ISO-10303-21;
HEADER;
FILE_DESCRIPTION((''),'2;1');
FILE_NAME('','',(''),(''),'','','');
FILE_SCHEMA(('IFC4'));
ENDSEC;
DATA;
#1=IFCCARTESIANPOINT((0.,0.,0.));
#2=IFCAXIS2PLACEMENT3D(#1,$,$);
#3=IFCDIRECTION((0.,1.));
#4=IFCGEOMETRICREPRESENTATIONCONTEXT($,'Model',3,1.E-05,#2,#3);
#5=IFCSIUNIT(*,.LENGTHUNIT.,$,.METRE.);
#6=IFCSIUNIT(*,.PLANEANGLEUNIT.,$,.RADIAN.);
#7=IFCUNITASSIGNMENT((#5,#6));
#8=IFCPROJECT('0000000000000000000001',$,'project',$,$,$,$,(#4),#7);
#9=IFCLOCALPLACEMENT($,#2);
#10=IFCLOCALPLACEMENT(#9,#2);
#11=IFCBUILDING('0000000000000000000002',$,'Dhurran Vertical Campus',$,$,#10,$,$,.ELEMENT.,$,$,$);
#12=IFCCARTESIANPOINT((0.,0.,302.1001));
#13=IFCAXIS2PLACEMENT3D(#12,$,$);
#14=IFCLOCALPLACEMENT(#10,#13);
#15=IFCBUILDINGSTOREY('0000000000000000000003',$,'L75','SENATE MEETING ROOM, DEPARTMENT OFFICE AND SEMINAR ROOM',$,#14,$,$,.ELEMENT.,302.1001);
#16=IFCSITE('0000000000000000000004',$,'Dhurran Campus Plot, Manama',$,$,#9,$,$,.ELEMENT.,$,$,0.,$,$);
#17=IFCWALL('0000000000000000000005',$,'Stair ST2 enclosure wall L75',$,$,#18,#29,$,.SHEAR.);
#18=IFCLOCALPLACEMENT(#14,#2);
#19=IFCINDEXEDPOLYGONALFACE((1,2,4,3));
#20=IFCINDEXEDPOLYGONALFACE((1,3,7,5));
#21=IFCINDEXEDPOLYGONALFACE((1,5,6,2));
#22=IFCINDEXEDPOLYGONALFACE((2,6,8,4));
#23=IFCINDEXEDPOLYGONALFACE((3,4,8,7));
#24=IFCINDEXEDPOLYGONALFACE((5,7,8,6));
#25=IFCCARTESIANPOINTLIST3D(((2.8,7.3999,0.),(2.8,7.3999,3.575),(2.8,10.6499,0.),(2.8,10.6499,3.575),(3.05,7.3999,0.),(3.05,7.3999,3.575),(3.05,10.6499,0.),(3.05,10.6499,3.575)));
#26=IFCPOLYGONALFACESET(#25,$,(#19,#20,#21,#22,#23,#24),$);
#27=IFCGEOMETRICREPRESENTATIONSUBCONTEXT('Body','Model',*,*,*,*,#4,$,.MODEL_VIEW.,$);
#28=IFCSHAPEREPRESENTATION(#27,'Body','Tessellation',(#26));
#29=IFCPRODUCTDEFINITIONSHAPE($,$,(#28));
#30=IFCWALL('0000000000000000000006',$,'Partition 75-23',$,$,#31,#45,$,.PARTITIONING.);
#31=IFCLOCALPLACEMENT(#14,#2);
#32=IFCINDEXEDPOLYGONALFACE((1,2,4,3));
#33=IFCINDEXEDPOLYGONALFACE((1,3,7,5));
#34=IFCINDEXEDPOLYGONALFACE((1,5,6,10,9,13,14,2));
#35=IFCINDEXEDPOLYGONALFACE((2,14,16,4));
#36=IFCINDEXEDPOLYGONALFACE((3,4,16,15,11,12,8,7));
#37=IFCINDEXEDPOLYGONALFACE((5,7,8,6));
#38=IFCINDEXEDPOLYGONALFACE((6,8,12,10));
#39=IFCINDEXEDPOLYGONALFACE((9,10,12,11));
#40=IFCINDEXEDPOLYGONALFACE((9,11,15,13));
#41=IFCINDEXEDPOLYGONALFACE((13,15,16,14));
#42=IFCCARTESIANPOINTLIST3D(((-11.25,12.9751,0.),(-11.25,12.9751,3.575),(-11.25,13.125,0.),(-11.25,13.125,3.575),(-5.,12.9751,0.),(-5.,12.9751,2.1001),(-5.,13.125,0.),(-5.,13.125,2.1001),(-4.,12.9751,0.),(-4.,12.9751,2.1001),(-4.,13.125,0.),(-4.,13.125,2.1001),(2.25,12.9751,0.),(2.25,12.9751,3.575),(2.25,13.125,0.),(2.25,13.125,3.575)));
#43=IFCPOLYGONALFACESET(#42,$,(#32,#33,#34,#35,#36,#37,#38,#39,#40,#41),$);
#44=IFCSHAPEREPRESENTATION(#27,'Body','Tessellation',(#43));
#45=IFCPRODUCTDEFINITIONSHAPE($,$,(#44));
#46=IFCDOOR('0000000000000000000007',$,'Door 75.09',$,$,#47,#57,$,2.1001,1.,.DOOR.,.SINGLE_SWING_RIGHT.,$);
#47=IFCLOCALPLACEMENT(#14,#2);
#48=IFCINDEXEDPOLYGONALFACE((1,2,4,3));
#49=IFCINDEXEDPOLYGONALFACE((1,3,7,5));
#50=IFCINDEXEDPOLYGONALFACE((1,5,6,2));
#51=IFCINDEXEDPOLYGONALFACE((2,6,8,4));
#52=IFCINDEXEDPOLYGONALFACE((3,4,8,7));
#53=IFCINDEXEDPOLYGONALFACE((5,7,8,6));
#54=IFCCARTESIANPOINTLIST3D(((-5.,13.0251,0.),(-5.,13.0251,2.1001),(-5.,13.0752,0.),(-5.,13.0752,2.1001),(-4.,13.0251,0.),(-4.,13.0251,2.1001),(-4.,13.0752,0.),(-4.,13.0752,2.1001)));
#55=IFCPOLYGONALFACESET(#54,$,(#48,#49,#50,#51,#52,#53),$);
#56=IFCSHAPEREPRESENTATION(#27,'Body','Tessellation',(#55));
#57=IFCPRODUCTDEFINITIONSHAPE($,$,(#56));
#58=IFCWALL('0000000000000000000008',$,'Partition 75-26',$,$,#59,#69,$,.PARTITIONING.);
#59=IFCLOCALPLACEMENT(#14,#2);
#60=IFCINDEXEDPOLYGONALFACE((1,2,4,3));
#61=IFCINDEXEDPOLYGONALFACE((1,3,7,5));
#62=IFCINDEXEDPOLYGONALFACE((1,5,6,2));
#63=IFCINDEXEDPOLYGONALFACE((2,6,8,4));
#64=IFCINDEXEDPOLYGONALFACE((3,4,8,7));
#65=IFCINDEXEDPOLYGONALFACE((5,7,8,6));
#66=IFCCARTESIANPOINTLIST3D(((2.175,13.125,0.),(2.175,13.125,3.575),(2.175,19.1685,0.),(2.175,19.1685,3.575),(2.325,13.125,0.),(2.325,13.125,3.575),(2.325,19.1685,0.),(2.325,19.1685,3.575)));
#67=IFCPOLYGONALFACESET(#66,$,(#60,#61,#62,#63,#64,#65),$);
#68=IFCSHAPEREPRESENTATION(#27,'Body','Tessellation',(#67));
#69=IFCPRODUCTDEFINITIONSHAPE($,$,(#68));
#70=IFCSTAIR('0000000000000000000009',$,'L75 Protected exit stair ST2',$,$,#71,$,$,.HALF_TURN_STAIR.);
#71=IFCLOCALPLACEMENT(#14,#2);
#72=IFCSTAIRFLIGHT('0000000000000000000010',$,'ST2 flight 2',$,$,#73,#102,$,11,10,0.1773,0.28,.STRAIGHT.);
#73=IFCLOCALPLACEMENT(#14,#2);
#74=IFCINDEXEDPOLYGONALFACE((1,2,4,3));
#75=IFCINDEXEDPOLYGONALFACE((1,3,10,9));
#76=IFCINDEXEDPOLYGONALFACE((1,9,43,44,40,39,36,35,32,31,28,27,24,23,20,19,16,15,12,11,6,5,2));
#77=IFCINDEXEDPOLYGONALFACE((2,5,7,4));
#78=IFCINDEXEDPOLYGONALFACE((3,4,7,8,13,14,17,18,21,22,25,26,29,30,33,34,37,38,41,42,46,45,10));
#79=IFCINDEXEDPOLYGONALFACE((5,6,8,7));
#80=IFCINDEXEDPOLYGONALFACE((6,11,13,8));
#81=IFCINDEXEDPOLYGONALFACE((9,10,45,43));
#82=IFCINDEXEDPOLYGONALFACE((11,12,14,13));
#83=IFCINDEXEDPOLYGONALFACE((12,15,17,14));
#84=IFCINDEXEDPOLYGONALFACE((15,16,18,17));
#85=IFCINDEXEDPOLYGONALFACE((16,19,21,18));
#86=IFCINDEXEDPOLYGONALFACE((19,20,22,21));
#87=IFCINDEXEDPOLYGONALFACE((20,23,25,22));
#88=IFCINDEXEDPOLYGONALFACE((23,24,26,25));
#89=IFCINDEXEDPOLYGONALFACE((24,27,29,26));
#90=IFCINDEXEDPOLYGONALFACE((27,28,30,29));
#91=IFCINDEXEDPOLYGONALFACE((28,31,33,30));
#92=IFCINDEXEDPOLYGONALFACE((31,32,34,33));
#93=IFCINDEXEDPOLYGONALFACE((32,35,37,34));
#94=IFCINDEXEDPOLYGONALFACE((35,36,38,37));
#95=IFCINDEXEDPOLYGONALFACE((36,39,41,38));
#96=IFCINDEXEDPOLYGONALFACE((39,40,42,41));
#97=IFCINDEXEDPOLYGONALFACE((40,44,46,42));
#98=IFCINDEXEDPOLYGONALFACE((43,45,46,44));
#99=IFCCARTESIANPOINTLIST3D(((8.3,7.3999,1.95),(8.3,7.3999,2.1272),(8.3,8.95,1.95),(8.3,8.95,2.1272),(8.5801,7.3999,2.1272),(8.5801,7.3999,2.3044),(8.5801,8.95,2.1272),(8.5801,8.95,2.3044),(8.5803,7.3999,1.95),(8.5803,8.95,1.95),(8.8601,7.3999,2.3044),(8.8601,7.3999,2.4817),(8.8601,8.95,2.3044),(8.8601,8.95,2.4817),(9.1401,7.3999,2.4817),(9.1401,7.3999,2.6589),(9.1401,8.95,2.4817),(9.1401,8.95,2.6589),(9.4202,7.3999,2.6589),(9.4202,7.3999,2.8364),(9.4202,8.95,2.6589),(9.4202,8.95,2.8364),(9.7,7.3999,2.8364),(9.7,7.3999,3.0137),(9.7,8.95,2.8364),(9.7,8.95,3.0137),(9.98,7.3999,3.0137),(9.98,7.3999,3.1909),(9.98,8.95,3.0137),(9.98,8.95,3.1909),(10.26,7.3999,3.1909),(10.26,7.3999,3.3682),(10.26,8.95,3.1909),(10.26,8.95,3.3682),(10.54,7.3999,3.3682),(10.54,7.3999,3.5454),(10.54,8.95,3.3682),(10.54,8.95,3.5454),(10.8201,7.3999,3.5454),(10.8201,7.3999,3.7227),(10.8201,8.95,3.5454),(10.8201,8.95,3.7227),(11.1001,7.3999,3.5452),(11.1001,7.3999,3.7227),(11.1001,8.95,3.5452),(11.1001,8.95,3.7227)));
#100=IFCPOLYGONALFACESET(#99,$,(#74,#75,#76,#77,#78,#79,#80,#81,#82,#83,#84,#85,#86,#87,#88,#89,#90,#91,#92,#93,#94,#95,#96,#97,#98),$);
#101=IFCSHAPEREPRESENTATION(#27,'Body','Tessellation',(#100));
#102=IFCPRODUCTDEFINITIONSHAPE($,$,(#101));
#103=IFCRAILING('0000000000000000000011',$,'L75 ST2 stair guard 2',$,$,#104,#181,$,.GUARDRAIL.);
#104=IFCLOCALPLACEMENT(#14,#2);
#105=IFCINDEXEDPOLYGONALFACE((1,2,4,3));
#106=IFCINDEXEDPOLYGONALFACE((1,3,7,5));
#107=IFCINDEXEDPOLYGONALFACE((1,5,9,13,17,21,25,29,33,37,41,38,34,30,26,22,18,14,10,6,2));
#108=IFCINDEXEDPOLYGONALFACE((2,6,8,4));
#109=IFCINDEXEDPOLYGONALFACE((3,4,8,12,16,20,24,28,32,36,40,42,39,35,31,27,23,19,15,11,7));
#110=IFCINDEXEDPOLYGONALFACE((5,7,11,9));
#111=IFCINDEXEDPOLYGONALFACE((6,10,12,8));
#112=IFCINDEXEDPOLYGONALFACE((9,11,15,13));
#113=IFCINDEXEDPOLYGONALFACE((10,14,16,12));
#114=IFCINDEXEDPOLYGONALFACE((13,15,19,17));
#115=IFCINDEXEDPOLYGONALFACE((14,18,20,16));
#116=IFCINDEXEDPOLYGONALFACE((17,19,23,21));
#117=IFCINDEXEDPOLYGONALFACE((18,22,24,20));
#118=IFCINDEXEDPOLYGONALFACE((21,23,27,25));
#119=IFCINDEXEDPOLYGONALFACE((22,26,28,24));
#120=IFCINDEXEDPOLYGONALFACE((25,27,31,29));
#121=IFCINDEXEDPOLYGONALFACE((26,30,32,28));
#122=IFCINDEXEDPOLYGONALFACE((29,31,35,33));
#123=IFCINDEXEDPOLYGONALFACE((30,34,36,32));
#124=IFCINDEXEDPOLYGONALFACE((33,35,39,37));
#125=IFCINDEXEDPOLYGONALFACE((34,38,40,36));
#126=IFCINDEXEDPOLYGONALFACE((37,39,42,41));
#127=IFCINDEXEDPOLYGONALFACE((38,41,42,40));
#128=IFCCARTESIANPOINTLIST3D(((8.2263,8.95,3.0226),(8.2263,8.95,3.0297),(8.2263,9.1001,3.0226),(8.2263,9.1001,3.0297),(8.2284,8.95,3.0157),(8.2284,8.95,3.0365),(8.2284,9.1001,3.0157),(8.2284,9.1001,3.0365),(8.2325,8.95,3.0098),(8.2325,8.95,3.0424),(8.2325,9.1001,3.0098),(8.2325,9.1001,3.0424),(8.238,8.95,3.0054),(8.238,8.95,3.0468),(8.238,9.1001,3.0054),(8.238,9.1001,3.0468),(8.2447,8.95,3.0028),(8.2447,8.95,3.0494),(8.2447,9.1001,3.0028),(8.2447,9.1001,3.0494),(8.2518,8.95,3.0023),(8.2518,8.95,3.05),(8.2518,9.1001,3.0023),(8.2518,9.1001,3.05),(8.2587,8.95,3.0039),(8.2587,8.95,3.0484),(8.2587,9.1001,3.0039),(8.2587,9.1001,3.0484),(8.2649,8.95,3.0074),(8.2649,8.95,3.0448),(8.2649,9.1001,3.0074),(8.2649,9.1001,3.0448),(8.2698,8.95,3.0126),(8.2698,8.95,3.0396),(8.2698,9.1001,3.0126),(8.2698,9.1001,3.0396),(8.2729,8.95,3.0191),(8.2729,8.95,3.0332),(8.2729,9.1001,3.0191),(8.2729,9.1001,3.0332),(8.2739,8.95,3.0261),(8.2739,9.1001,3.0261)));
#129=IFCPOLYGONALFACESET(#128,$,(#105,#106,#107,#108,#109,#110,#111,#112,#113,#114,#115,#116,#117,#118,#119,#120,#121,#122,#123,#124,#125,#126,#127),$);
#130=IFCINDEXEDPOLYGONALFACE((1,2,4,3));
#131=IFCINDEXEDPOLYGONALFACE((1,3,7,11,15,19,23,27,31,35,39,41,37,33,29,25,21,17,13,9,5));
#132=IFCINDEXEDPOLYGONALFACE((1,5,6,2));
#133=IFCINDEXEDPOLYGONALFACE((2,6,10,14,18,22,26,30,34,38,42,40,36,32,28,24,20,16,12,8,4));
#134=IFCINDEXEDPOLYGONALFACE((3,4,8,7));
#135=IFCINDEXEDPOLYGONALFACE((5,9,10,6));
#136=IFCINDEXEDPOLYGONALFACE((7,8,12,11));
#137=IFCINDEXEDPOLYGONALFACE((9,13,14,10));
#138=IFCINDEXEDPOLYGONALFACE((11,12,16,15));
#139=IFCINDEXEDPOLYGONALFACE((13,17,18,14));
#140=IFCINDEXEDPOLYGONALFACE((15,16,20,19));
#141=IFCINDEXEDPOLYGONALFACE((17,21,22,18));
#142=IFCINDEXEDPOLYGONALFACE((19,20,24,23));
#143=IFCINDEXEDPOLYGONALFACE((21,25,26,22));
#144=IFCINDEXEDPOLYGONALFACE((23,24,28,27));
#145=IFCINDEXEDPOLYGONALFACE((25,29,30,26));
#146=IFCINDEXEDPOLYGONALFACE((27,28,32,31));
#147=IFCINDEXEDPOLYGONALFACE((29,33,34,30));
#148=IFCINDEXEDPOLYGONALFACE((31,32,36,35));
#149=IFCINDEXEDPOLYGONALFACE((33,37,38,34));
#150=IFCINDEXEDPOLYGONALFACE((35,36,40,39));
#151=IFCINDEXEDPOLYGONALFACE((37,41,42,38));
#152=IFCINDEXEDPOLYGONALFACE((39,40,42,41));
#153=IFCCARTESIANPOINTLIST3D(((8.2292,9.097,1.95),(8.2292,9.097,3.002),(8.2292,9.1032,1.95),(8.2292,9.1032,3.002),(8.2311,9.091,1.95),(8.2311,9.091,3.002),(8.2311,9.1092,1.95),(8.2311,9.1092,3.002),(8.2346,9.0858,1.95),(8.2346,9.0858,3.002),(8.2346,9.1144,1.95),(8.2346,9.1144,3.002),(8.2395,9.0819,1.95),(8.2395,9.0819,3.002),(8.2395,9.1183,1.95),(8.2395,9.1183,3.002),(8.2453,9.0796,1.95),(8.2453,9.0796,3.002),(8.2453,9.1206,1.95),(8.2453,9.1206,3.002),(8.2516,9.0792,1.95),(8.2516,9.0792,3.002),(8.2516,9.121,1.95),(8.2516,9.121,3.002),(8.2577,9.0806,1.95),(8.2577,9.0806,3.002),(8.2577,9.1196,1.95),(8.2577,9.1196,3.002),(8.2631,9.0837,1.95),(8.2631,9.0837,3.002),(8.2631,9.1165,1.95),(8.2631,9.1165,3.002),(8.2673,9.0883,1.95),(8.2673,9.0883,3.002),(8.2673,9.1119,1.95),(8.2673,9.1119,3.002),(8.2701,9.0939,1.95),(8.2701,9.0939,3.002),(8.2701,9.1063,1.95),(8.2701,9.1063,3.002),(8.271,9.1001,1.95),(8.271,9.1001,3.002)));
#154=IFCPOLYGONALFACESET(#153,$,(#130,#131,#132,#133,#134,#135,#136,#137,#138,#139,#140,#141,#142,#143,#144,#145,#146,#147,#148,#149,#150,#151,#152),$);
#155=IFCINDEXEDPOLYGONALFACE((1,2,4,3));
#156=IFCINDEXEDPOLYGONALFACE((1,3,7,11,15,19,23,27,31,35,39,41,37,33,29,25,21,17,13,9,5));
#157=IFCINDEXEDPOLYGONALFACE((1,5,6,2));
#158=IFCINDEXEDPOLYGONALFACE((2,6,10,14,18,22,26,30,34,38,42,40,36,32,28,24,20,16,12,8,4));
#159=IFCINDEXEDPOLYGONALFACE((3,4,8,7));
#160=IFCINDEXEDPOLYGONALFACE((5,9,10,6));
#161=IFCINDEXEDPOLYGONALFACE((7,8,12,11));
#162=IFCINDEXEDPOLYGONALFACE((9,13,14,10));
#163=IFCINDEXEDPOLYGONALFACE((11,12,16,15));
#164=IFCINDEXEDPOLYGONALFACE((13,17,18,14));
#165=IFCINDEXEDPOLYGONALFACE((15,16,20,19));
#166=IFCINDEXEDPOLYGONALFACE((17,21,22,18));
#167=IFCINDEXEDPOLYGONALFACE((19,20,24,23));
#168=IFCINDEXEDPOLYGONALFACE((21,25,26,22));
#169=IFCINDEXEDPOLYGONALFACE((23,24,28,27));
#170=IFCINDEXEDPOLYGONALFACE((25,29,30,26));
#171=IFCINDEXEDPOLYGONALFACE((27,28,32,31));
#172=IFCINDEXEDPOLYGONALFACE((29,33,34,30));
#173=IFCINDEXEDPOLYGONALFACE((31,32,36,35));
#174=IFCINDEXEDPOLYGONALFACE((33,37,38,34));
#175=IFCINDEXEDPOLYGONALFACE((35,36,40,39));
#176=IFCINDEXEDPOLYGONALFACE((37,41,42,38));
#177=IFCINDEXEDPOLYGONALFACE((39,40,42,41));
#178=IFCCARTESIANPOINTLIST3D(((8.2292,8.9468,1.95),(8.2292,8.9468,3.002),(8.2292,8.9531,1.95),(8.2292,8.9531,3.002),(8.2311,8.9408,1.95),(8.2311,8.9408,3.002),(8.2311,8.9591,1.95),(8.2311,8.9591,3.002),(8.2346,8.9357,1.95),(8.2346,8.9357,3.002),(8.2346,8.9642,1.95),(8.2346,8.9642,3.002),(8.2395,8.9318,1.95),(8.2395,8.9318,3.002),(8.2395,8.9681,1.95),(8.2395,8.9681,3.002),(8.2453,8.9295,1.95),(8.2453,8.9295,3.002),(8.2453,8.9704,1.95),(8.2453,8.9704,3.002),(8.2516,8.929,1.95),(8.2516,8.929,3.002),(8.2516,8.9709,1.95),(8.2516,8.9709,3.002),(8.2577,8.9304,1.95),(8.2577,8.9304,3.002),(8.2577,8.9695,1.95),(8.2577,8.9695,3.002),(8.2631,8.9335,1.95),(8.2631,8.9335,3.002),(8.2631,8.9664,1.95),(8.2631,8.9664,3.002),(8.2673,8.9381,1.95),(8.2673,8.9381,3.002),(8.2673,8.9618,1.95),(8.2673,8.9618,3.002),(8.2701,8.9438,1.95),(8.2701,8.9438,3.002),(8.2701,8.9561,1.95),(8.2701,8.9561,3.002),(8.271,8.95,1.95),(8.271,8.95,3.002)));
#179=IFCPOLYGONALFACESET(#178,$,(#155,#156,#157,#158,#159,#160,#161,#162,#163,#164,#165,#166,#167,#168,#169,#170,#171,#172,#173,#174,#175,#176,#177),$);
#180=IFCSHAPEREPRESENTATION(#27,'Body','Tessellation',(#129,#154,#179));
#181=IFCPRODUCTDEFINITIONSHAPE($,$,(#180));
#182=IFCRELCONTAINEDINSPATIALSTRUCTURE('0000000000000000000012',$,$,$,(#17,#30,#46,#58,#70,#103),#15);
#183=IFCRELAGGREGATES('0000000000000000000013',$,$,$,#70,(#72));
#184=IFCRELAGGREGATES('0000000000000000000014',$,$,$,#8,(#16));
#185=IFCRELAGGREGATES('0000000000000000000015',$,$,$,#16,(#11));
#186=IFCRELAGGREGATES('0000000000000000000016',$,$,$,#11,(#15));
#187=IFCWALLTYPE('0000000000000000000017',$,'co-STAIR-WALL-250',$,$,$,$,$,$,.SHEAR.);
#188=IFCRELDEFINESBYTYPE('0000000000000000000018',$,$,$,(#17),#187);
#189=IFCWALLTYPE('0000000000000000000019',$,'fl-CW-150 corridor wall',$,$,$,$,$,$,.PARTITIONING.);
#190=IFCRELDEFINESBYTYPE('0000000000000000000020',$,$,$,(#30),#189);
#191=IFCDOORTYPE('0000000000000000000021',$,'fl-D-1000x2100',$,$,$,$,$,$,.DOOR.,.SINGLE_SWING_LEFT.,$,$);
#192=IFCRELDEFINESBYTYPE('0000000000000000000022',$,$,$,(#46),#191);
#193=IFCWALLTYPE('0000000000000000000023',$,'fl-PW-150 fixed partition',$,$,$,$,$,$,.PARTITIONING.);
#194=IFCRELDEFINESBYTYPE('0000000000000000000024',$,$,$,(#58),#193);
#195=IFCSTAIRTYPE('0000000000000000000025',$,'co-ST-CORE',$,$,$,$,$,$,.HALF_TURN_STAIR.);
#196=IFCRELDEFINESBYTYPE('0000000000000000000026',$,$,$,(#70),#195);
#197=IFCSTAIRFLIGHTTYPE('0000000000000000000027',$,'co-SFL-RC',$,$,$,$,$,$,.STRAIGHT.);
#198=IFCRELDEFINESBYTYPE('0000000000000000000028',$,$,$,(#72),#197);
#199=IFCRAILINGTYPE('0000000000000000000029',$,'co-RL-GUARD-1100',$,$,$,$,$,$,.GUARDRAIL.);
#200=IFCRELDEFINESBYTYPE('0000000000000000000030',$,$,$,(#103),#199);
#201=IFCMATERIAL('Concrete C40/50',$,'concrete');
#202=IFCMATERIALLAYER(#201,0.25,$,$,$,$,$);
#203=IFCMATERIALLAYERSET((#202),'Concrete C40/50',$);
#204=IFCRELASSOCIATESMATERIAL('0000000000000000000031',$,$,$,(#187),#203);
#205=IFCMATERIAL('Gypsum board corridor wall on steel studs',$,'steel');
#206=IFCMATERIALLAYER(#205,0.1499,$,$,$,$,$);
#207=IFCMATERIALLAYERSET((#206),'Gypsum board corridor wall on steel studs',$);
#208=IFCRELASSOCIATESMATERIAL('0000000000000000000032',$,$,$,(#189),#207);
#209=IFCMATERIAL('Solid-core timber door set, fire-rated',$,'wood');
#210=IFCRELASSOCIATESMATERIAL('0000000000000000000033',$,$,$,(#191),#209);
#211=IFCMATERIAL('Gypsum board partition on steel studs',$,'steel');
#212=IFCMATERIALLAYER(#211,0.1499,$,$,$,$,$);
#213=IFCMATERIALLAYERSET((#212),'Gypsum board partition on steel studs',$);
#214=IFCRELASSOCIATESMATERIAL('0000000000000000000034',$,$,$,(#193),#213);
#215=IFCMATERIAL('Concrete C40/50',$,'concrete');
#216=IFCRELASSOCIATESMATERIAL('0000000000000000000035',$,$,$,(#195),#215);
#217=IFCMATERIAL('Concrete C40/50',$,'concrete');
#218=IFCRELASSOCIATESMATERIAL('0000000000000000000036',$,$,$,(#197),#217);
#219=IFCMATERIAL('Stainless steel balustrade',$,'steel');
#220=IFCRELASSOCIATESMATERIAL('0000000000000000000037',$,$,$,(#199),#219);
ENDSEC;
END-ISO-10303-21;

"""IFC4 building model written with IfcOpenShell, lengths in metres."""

from ifc_helpers import new_model, si_unit, direction, frame, frame_2d, origin, origin_2d, place, context, subcontext, project, spatial, polyline, rectangle, circle, outline, extrude, material, layer, layer_set, type_object, element, fill, aggregate, save


model = new_model("IFC4")

# Units and contexts
model_context = context("Model", 3, precision=1e-05, world=origin(), true_north=direction((0.0, 1.0)))
body_context = subcontext(model_context, "Body", "Model", "MODEL_VIEW")
ifc_project = project(units=[si_unit("LENGTHUNIT", "METRE"), si_unit("PLANEANGLEUNIT", "RADIAN")], contexts=[model_context])

# Site, building, storey
site_placement = place(None, origin())
site = spatial("IfcSite", under=ifc_project, at=site_placement, Name="Dhurran Campus Plot, Manama", CompositionType="ELEMENT", RefElevation=0.0)
building_placement = place(site_placement, origin())
building = spatial("IfcBuilding", under=site, at=building_placement, Name="Dhurran Vertical Campus", CompositionType="ELEMENT")
storey_placement = place(building_placement, frame((0.0, 0.0, 302.1001)))
storey = spatial("IfcBuildingStorey", under=building, at=storey_placement, Name="L75", Description="SENATE MEETING ROOM, DEPARTMENT OFFICE AND SEMINAR ROOM", CompositionType="ELEMENT", Elevation=302.1001)

# Shared definitions
ifc_material_1 = material(Name="Concrete C40/50", Category="concrete")
ifc_layer_1 = layer(ifc_material_1, 0.25)
ifc_layer_set_1 = layer_set([ifc_layer_1], Name="Concrete C40/50")
wall_type_1 = type_object("IfcWallType", Name="co-STAIR-WALL-250", PredefinedType="SHEAR", material=ifc_layer_set_1)

# Wall
wall_1_placement = place(storey_placement, frame((2.925, 7.3999, 0.0), z_axis=(0.0, 0.0, 1.0), x_axis=(0.0, 1.0, 0.0)))
element("IfcWall", 1, at=wall_1_placement, inside=storey, type_object=wall_type_1, Name="Stair ST2 enclosure wall L75", PredefinedType="SHEAR", context=body_context, shape_type="SweptSolid", body=[
    extrude(rectangle(XDim=3.25, YDim=0.25, at=frame_2d((1.625, 0.0))), origin(), (0.0, 0.0, 1.0), 3.575),
])

# Wall, opening, door
ifc_material_2 = material(Name="Gypsum board corridor wall on steel studs", Category="steel")
ifc_layer_2 = layer(ifc_material_2, 0.1499)
ifc_layer_set_2 = layer_set([ifc_layer_2], Name="Gypsum board corridor wall on steel studs")
wall_type_2 = type_object("IfcWallType", Name="fl-CW-150 corridor wall", PredefinedType="PARTITIONING", material=ifc_layer_set_2)
wall_2_placement = place(storey_placement, frame((2.25, 13.05, 0.0), z_axis=(0.0, 0.0, 1.0), x_axis=(-1.0, 0.0, 0.0)))
wall_2 = element("IfcWall", 2, at=wall_2_placement, inside=storey, type_object=wall_type_2, Name="Partition 75-23", PredefinedType="PARTITIONING", context=body_context, shape_type="SweptSolid", body=[
    extrude(rectangle(XDim=13.5, YDim=0.1499, at=frame_2d((6.75, 0.0))), origin(), (0.0, 0.0, 1.0), 3.575),
])
opening_1_placement = place(wall_2_placement, frame((6.25, 0.0, 0.0)))
opening_1 = element("IfcOpeningElement", 3, at=opening_1_placement, cuts=wall_2, PredefinedType="OPENING", context=body_context, shape_type="SweptSolid", body=[
    extrude(rectangle(XDim=1.0, YDim=2.1001, at=frame_2d((0.5, 1.05))), frame((0.0, 0.085, 0.0), z_axis=(0.0, -1.0, 0.0), x_axis=(1.0, 0.0, 0.0)), (0.0, 0.0, 1.0), 0.1699),
])
ifc_material_3 = material(Name="Solid-core timber door set, fire-rated", Category="wood")
door_type_1 = type_object("IfcDoorType", Name="fl-D-1000x2100", OperationType="SINGLE_SWING_LEFT", PredefinedType="DOOR", material=ifc_material_3)
door_1_placement = place(opening_1_placement, origin())
door_1 = element("IfcDoor", 4, at=door_1_placement, inside=storey, type_object=door_type_1, Name="Door 75.09", OperationType="SINGLE_SWING_RIGHT", OverallHeight=2.1001, OverallWidth=1.0, PredefinedType="DOOR", context=body_context, shape_type="SweptSolid", body=[
    extrude(rectangle(XDim=1.0, YDim=2.1001, at=frame_2d((0.5, 1.05))), frame((0.0, 0.0249, 0.0), z_axis=(0.0, -1.0, 0.0), x_axis=(1.0, 0.0, 0.0)), (0.0, 0.0, 1.0), 0.05),
])
fill(opening_1, door_1)

# Wall
ifc_material_4 = material(Name="Gypsum board partition on steel studs", Category="steel")
ifc_layer_3 = layer(ifc_material_4, 0.1499)
ifc_layer_set_3 = layer_set([ifc_layer_3], Name="Gypsum board partition on steel studs")
wall_type_3 = type_object("IfcWallType", Name="fl-PW-150 fixed partition", PredefinedType="PARTITIONING", material=ifc_layer_set_3)
wall_3_placement = place(storey_placement, frame((2.25, 19.1685, 0.0), z_axis=(0.0, 0.0, 1.0), x_axis=(0.0, -1.0, 0.0)))
element("IfcWall", 5, at=wall_3_placement, inside=storey, type_object=wall_type_3, Name="Partition 75-26", PredefinedType="PARTITIONING", context=body_context, shape_type="SweptSolid", body=[
    extrude(rectangle(XDim=6.0435, YDim=0.1499, at=frame_2d((3.0217, 0.0))), origin(), (0.0, 0.0, 1.0), 3.575),
])

# Stair, stair flight
ifc_material_5 = material(Name="Concrete C40/50", Category="concrete")
stair_type = type_object("IfcStairType", Name="co-ST-CORE", PredefinedType="HALF_TURN_STAIR", material=ifc_material_5)
stair_placement = place(storey_placement, origin())
stair = element("IfcStair", 6, at=stair_placement, inside=storey, type_object=stair_type, Name="L75 Protected exit stair ST2", PredefinedType="HALF_TURN_STAIR")
ifc_material_6 = material(Name="Concrete C40/50", Category="concrete")
stair_flight_type = type_object("IfcStairFlightType", Name="co-SFL-RC", PredefinedType="STRAIGHT", material=ifc_material_6)
stair_flight_placement = place(storey_placement, frame((8.3, 8.175, 1.95), z_axis=(0.0, 0.0, 1.0), x_axis=(1.0, 0.0, 0.0)))
stair_flight = element("IfcStairFlight", 7, at=stair_flight_placement, type_object=stair_flight_type, Name="ST2 flight 2", NumberOfRisers=11, NumberOfTreads=10, PredefinedType="STRAIGHT", RiserHeight=0.1773, TreadLength=0.28, context=body_context, shape_type="SweptSolid", body=[
    extrude(outline(polyline([(0.0, 0.0), (0.0, 0.1772), (0.28, 0.1772), (0.28, 0.3545), (0.5601, 0.3545), (0.5601, 0.5317), (0.8401, 0.5317), (0.8401, 0.709), (1.1201, 0.709), (1.1201, 0.8865), (1.3999, 0.8865), (1.3999, 1.0637), (1.6799, 1.0637), (1.6799, 1.241), (1.96, 1.241), (1.96, 1.4182), (2.24, 1.4182), (2.24, 1.5955), (2.52, 1.5955), (2.52, 1.7727), (2.8, 1.7727), (2.8, 1.95), (2.8, 1.5952), (0.2803, 0.0), (0.0, 0.0)])), frame((0.0, 0.7749, 0.0), z_axis=(0.0, -1.0, 0.0), x_axis=(1.0, 0.0, 0.0)), (0.0, 0.0, 1.0), 1.55),
])
aggregate(stair, [stair_flight])

# Railing
ifc_material_7 = material(Name="Stainless steel balustrade", Category="steel")
railing_type_1 = type_object("IfcRailingType", Name="co-RL-GUARD-1100", PredefinedType="GUARDRAIL", material=ifc_material_7)
railing_1_placement = place(storey_placement, frame((8.25, 9.1001, 1.95)))
element("IfcRailing", 8, at=railing_1_placement, inside=storey, type_object=railing_type_1, Name="L75 ST2 stair guard 2", PredefinedType="GUARDRAIL", context=body_context, shape_type="SweptSolid", body=[
    extrude(circle(Radius=0.0239, at=origin_2d()), frame((0.0, 0.0, 1.0762), z_axis=(0.0, -1.0, 0.0), x_axis=(1.0, 0.0, 0.0)), (0.0, 0.0, 1.0), 0.1501),
    extrude(circle(Radius=0.021, at=origin_2d()), origin(), (0.0, 0.0, 1.0), 1.052),
    extrude(circle(Radius=0.021, at=origin_2d()), frame((0.0, -0.1501, 0.0)), (0.0, 0.0, 1.0), 1.052),
])

save(model, "model.ifc")
